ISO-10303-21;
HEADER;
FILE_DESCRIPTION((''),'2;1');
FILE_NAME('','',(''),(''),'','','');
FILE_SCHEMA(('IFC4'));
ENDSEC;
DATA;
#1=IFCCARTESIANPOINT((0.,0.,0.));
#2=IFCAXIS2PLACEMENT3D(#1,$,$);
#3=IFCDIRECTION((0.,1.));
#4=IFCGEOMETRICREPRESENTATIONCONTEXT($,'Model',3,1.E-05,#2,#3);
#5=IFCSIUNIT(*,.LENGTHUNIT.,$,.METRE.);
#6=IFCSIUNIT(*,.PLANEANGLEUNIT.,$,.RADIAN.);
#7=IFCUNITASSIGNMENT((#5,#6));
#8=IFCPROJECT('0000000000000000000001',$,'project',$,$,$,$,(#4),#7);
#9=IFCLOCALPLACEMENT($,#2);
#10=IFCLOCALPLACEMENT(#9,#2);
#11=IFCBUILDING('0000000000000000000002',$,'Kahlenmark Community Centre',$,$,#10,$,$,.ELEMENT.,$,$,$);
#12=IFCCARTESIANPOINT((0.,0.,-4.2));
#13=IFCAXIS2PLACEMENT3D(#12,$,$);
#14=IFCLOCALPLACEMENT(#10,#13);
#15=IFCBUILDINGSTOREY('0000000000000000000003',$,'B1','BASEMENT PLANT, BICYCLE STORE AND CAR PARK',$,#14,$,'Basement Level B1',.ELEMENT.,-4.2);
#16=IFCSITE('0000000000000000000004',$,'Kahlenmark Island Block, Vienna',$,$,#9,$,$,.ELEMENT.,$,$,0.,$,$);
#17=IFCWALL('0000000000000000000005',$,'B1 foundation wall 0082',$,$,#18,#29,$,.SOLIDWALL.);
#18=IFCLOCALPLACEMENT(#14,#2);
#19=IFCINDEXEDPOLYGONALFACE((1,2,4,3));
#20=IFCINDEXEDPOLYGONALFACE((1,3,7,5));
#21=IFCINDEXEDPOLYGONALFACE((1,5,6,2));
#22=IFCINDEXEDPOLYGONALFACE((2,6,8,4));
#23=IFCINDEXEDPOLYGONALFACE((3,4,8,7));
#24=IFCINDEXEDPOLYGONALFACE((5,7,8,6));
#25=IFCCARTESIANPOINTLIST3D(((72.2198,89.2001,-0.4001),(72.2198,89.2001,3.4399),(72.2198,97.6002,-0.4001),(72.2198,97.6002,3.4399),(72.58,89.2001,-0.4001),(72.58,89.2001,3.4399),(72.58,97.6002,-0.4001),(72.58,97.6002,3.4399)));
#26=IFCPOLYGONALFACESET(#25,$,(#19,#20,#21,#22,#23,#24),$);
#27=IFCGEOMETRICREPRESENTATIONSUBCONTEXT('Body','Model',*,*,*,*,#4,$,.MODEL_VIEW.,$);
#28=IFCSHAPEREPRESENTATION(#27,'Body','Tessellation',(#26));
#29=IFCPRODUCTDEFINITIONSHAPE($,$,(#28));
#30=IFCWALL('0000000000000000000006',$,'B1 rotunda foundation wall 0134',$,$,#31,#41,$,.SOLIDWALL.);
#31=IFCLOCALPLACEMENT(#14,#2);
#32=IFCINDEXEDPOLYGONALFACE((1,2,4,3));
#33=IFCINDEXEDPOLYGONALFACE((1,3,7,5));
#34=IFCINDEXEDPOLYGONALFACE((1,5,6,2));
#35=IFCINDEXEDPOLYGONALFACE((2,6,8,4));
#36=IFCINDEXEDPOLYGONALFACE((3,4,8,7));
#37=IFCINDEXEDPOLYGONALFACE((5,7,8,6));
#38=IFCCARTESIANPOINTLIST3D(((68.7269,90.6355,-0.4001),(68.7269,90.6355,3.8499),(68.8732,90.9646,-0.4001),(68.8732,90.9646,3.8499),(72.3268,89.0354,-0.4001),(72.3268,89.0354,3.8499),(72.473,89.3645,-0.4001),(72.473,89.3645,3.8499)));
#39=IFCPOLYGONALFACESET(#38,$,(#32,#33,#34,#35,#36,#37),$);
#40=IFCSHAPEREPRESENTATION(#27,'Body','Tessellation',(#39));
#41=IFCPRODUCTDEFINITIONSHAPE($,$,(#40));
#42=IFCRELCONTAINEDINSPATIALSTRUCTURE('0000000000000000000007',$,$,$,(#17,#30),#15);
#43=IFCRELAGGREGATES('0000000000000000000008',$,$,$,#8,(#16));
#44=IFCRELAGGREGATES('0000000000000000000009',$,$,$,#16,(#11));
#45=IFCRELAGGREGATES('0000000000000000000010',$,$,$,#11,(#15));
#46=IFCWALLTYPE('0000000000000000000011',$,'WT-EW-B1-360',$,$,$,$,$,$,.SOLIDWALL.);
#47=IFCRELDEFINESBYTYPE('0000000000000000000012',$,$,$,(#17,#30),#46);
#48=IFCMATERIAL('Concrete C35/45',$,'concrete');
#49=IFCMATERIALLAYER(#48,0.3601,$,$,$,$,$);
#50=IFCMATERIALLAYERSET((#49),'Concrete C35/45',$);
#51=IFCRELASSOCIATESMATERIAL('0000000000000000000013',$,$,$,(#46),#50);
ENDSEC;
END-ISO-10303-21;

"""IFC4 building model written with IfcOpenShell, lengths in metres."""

from ifc_helpers import new_model, si_unit, direction, frame, frame_2d, origin, place, context, subcontext, project, spatial, rectangle, extrude, material, layer, layer_set, type_object, element, save


model = new_model("IFC4")

# Units and contexts
model_context = context("Model", 3, precision=1e-05, world=origin(), true_north=direction((0.0, 1.0)))
body_context = subcontext(model_context, "Body", "Model", "MODEL_VIEW")
ifc_project = project(units=[si_unit("LENGTHUNIT", "METRE"), si_unit("PLANEANGLEUNIT", "RADIAN")], contexts=[model_context])

# Site, building, storey
site_placement = place(None, origin())
site = spatial("IfcSite", under=ifc_project, at=site_placement, Name="Kahlenmark Island Block, Vienna", CompositionType="ELEMENT", RefElevation=0.0)
building_placement = place(site_placement, origin())
building = spatial("IfcBuilding", under=site, at=building_placement, Name="Kahlenmark Community Centre", CompositionType="ELEMENT")
storey_placement = place(building_placement, frame((0.0, 0.0, -4.2)))
storey = spatial("IfcBuildingStorey", under=building, at=storey_placement, Name="B1", Description="BASEMENT PLANT, BICYCLE STORE AND CAR PARK", LongName="Basement Level B1", CompositionType="ELEMENT", Elevation=-4.2)

# Shared definitions
ifc_material_1 = material(Name="Concrete C35/45", Category="concrete")

# Walls
ifc_layer = layer(ifc_material_1, 0.3601)
ifc_layer_set = layer_set([ifc_layer], Name="Concrete C35/45")
wall_type = type_object("IfcWallType", Name="WT-EW-B1-360", PredefinedType="SOLIDWALL", material=ifc_layer_set)
wall_1_placement = place(storey_placement, frame((72.3999, 89.2, -0.4001), z_axis=(0.0, 0.0, 1.0), x_axis=(0.0, 1.0, 0.0)))
element("IfcWall", 1, at=wall_1_placement, inside=storey, type_object=wall_type, Name="B1 foundation wall 0082", PredefinedType="SOLIDWALL", context=body_context, shape_type="SweptSolid", body=[
    extrude(rectangle(XDim=8.4001, YDim=0.3601, at=frame_2d((4.2002, 0.0))), origin(), (0.0, 0.0, 1.0), 3.8401),
])
wall_2_placement = place(storey_placement, frame((68.8, 90.8, -0.4001), z_axis=(0.0, 0.0, 1.0), x_axis=(0.913796, -0.406173, 0.0)))
element("IfcWall", 2, at=wall_2_placement, inside=storey, type_object=wall_type, Name="B1 rotunda foundation wall 0134", PredefinedType="SOLIDWALL", context=body_context, shape_type="SweptSolid", body=[
    extrude(rectangle(XDim=3.9395, YDim=0.3601, at=frame_2d((1.9697, 0.0))), origin(), (0.0, 0.0, 1.0), 4.25),
])

save(model, "model.ifc")
